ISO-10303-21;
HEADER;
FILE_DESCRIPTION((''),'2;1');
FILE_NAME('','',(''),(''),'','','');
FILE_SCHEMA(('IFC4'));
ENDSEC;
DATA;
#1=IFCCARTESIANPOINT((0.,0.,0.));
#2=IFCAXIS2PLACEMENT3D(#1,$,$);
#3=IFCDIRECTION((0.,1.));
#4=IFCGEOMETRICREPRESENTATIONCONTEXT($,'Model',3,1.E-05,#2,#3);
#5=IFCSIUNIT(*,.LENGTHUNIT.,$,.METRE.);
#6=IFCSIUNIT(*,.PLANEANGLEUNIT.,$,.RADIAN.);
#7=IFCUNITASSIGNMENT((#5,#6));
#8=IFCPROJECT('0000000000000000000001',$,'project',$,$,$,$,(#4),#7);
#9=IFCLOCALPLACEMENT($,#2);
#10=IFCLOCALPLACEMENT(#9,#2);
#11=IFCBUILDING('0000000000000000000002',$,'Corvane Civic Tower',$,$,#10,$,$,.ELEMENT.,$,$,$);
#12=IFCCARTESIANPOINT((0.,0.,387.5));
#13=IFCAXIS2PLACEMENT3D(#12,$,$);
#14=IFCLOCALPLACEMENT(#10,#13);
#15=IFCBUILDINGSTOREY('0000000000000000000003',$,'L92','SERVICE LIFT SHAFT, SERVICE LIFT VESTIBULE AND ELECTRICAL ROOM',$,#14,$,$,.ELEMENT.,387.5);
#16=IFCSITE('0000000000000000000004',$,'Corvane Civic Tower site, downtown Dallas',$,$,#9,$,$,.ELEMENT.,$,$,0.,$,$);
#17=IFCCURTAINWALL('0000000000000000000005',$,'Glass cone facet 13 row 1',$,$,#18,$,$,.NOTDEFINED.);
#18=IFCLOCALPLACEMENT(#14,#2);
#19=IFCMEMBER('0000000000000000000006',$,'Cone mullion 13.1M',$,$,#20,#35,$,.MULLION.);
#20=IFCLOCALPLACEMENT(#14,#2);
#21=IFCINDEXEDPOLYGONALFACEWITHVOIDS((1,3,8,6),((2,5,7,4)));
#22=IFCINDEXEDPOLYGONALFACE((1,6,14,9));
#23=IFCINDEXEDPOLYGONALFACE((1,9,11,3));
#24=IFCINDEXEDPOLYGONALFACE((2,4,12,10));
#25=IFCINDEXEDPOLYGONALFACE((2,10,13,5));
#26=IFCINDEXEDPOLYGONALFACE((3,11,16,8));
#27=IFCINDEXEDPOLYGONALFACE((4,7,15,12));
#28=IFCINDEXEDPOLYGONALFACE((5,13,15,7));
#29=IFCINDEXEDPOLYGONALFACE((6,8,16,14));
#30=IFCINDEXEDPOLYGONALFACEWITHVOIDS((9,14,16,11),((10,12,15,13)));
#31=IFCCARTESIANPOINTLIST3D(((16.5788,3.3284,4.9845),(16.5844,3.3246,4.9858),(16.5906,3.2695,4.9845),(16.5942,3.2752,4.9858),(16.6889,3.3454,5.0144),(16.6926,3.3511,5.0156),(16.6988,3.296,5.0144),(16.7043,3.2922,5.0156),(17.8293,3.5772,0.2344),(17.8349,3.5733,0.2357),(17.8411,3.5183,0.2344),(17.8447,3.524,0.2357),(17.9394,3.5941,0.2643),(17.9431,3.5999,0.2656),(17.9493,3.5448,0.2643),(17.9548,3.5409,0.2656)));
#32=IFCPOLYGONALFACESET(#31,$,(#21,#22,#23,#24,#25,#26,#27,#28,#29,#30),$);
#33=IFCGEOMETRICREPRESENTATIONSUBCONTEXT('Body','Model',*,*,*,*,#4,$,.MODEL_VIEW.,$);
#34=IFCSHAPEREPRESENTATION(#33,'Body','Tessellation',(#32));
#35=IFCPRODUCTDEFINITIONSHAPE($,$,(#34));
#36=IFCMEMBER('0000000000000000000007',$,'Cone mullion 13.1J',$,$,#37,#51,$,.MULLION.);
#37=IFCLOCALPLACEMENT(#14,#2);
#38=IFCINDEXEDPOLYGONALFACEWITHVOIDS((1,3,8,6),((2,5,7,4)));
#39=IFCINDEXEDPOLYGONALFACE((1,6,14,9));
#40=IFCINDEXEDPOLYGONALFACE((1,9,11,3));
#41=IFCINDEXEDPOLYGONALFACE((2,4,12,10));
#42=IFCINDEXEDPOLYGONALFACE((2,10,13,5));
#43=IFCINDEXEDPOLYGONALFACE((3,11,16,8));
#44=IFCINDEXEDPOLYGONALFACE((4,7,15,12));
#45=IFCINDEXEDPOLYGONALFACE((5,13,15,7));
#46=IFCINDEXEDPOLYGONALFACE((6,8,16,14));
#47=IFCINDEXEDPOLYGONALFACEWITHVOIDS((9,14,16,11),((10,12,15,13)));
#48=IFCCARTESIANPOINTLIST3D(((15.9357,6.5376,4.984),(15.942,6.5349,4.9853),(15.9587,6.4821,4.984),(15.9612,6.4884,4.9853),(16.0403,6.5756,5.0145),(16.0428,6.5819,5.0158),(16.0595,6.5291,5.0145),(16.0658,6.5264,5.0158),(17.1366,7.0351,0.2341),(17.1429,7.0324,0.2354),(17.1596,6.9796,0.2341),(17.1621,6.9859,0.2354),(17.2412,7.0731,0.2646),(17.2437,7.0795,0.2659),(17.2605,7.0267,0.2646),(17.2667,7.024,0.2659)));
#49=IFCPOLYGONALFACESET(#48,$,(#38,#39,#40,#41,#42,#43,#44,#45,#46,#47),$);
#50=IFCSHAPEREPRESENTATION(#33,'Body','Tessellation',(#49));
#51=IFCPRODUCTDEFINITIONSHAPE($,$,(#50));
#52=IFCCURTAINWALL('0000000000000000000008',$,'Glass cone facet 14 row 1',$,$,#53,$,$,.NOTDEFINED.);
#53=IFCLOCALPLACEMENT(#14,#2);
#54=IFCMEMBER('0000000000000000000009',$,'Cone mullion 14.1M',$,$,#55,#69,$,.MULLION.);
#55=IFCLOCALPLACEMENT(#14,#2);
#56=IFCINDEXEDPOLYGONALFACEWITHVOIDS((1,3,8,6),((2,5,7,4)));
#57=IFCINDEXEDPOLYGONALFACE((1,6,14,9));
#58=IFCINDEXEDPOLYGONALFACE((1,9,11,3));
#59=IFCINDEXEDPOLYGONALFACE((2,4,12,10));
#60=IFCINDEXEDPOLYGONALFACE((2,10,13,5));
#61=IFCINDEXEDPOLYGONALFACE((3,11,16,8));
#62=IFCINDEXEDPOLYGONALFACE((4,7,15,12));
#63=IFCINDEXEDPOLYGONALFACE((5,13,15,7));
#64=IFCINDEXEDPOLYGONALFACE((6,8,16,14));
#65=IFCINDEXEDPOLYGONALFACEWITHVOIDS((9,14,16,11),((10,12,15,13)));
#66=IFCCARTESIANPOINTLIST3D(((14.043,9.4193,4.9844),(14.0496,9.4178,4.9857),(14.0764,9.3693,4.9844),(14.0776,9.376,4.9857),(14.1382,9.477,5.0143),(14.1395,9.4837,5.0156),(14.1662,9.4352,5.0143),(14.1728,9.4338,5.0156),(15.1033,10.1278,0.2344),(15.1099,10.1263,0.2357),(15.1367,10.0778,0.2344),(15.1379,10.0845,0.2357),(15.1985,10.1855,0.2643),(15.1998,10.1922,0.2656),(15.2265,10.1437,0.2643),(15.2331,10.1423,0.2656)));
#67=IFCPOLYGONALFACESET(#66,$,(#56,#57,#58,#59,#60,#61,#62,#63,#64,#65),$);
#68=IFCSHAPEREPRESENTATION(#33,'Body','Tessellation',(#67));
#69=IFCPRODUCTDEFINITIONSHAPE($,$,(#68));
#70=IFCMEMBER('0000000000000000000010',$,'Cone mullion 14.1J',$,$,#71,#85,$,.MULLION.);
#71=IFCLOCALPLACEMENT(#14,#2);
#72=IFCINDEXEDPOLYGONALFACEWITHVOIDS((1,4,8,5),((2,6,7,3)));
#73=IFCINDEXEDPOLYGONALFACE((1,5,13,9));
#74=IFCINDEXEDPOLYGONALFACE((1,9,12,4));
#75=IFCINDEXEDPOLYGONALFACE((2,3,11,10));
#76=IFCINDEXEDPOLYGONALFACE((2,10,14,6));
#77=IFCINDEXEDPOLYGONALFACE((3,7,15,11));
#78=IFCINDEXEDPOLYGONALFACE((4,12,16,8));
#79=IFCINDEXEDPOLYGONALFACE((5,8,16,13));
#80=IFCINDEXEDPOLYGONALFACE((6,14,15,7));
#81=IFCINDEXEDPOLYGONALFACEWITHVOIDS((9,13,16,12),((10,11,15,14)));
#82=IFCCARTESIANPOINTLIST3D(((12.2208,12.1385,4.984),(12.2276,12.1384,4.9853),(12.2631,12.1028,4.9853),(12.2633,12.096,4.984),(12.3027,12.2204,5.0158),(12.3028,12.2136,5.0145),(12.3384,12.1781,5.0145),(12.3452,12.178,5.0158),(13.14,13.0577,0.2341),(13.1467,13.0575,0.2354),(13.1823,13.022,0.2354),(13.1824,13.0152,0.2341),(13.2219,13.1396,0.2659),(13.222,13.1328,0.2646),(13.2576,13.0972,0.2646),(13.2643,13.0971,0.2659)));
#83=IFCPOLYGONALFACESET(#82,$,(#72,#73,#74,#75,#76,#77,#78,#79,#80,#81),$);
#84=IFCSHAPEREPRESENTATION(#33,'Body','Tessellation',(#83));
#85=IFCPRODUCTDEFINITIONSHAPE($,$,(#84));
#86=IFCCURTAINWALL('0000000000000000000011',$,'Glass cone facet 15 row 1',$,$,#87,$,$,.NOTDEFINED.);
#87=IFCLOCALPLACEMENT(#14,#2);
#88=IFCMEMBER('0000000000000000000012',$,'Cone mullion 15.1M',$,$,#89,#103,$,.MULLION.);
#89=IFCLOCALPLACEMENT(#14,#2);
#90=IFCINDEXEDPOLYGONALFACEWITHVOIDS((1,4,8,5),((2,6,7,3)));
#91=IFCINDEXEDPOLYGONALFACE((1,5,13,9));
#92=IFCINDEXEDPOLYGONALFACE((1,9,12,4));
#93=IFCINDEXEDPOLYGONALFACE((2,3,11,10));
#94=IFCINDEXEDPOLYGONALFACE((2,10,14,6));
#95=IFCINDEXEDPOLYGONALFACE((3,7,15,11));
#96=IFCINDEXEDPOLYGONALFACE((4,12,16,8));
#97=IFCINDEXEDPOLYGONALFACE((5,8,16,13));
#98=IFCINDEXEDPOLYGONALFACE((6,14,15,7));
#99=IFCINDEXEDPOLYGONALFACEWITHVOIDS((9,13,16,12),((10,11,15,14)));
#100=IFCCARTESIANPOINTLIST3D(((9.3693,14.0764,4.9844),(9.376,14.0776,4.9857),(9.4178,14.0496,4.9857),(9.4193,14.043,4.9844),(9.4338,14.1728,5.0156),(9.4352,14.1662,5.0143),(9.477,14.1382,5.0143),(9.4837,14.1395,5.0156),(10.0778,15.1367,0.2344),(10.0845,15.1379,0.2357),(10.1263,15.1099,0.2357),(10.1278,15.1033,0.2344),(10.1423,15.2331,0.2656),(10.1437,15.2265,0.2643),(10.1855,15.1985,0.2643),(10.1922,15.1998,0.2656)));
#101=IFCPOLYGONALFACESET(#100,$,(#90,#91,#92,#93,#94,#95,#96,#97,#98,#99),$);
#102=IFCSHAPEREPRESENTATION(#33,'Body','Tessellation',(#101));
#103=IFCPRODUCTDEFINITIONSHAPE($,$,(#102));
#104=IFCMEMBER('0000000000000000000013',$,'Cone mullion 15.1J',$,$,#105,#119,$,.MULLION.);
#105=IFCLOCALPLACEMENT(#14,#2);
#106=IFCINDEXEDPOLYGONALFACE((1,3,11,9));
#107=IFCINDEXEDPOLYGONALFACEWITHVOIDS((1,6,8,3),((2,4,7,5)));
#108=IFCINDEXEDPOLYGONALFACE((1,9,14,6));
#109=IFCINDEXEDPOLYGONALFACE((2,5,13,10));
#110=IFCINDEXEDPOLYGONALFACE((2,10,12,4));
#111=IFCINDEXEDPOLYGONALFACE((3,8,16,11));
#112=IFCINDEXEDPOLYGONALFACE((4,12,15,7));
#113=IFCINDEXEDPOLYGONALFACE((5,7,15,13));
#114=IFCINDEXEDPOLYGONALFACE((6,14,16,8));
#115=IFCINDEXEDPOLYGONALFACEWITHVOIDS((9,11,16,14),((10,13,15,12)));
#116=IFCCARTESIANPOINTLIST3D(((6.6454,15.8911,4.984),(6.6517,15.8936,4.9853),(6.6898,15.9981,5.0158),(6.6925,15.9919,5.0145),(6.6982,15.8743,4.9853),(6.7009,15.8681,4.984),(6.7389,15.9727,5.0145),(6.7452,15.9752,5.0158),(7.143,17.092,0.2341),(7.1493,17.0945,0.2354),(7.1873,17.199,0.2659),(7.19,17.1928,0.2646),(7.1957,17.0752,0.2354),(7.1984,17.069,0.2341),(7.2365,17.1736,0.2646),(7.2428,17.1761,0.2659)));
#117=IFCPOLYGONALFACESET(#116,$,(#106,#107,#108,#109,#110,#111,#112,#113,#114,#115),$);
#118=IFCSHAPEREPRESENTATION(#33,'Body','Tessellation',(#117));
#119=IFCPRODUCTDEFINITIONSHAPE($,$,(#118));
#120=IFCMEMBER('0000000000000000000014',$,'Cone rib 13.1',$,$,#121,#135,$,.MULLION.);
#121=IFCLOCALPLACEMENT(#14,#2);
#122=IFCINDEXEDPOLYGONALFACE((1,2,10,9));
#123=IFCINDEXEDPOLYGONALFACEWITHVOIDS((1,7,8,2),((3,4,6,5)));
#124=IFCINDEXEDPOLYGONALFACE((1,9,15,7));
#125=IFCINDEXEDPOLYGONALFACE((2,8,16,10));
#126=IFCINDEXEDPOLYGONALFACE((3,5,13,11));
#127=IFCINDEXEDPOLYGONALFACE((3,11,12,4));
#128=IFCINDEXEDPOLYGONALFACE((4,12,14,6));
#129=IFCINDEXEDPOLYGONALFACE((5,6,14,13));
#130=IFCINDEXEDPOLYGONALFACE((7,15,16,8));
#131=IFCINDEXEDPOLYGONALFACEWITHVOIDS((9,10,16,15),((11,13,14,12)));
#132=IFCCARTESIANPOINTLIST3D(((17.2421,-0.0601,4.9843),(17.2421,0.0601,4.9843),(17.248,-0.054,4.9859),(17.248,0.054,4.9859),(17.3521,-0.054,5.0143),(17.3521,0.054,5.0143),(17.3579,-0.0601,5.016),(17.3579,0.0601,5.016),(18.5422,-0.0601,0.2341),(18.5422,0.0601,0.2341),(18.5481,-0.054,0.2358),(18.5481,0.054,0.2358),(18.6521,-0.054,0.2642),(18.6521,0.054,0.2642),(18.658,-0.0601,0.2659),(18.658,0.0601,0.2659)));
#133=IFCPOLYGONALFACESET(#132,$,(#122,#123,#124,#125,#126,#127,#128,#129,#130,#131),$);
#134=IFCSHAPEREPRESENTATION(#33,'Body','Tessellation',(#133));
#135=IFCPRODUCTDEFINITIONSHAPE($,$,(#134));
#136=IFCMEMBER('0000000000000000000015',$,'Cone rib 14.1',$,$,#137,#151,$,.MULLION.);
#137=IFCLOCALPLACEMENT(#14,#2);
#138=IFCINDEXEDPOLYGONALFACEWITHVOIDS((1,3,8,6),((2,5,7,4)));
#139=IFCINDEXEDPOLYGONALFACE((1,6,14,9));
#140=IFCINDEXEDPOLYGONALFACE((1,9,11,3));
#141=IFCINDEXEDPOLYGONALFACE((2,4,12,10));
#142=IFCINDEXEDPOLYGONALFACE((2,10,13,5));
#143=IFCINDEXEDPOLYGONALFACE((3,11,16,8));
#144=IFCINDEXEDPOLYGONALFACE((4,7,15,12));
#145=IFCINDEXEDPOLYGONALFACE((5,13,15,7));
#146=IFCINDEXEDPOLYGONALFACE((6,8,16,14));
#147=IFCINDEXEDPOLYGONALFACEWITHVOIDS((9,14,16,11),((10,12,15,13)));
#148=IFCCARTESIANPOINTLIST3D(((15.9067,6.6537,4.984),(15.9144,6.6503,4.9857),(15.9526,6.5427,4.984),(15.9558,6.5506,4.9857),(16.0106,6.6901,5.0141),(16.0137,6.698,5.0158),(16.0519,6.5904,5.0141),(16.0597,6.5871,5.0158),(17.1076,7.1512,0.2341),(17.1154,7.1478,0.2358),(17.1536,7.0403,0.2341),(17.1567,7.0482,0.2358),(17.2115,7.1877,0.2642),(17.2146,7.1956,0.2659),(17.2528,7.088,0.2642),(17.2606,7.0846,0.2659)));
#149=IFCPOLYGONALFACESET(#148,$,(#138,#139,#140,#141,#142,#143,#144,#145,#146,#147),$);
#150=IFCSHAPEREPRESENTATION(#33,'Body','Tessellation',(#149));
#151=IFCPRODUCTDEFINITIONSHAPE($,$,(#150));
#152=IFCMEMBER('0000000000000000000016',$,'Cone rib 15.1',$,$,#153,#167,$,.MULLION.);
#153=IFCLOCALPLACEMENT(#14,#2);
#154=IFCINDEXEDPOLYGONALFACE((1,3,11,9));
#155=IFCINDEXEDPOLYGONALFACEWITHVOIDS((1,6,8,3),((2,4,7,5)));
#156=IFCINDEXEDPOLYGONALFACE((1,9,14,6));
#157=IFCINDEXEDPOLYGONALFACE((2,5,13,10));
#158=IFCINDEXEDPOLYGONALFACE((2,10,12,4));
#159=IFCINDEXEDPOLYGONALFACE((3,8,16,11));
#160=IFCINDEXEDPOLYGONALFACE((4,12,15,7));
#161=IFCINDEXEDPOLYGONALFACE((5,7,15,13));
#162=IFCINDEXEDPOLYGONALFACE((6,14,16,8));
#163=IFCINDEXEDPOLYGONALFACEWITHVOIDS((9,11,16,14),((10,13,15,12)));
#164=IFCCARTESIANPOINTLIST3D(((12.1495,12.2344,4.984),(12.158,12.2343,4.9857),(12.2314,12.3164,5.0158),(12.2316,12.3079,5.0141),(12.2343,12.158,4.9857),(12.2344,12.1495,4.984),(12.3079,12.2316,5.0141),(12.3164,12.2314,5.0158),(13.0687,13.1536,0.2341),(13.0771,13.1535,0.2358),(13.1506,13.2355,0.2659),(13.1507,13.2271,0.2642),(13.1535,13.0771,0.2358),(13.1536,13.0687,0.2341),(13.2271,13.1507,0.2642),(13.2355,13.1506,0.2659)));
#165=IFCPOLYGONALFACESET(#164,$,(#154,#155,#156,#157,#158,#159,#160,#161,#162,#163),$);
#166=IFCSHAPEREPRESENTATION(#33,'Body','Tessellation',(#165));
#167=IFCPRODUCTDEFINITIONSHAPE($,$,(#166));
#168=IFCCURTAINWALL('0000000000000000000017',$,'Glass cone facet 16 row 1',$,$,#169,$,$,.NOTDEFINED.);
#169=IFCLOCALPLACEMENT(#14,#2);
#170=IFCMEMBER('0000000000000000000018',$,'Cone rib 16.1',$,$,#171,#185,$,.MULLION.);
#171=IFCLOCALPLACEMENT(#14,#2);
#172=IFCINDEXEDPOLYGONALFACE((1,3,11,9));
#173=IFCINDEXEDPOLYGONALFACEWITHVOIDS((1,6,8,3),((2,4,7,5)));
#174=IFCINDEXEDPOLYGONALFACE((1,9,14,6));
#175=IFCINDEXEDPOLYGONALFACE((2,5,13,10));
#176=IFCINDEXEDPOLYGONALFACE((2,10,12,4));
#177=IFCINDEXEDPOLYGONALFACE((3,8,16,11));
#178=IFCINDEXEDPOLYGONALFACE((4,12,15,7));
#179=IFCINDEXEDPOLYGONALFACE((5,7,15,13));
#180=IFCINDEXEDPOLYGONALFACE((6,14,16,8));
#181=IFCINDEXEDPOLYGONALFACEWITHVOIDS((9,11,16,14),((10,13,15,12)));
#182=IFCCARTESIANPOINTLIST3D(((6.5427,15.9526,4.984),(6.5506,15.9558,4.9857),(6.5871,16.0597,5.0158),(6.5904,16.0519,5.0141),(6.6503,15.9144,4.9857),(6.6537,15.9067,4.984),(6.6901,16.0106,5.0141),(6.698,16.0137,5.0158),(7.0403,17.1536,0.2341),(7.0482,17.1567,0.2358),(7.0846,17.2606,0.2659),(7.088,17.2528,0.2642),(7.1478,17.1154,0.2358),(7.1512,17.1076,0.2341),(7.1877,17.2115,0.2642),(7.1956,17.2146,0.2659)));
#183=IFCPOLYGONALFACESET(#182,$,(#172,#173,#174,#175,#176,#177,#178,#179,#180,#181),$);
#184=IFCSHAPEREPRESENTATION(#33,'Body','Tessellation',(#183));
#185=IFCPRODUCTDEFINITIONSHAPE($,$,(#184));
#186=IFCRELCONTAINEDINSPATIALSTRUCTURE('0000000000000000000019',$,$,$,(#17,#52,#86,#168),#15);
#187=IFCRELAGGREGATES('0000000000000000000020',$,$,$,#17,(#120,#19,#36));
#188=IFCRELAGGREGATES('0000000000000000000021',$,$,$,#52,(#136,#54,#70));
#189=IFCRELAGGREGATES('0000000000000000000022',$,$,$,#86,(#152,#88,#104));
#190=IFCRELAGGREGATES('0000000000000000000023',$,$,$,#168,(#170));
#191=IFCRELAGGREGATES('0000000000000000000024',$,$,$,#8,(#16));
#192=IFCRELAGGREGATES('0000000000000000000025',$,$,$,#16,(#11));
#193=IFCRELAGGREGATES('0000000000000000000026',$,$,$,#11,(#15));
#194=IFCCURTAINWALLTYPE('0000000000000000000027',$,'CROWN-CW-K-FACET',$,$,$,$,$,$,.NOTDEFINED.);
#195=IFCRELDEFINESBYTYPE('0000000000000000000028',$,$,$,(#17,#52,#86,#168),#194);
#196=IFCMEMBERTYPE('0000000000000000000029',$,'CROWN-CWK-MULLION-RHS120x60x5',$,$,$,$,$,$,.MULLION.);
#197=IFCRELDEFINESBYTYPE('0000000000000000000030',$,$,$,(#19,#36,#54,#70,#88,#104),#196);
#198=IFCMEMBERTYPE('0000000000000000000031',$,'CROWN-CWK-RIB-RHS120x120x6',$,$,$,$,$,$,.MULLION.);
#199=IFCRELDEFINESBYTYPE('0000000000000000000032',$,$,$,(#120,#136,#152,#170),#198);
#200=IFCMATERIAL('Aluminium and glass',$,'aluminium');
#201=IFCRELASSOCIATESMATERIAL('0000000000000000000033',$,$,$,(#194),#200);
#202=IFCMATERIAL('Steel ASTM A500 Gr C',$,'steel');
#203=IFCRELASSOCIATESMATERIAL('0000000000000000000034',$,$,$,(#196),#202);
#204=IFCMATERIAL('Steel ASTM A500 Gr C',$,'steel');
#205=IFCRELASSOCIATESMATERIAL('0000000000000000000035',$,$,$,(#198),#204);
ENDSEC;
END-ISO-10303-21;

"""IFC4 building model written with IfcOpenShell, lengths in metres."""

from ifc_helpers import new_model, si_unit, direction, frame, origin, origin_2d, place, context, subcontext, project, spatial, hollow_rectangle, extrude, material, material_profile, profile_set, type_object, element, aggregate, save


model = new_model("IFC4")

# Units and contexts
model_context = context("Model", 3, precision=1e-05, world=origin(), true_north=direction((0.0, 1.0)))
body_context = subcontext(model_context, "Body", "Model", "MODEL_VIEW")
ifc_project = project(units=[si_unit("LENGTHUNIT", "METRE"), si_unit("PLANEANGLEUNIT", "RADIAN")], contexts=[model_context])

# Site, building, storey
site_placement = place(None, origin())
site = spatial("IfcSite", under=ifc_project, at=site_placement, Name="Corvane Civic Tower site, downtown Dallas", CompositionType="ELEMENT", RefElevation=0.0)
building_placement = place(site_placement, origin())
building = spatial("IfcBuilding", under=site, at=building_placement, Name="Corvane Civic Tower", CompositionType="ELEMENT")
storey_placement = place(building_placement, frame((0.0, 0.0, 387.5)))
storey = spatial("IfcBuildingStorey", under=building, at=storey_placement, Name="L92", Description="SERVICE LIFT SHAFT, SERVICE LIFT VESTIBULE AND ELECTRICAL ROOM", CompositionType="ELEMENT", Elevation=387.5)

# Curtain walls, members
ifc_material_1 = material(Name="Aluminium and glass", Category="aluminium")
curtain_wall_type = type_object("IfcCurtainWallType", Name="CROWN-CW-K-FACET", PredefinedType="NOTDEFINED", material=ifc_material_1)
curtain_wall_1_placement = place(storey_placement, origin())
curtain_wall_1 = element("IfcCurtainWall", 1, at=curtain_wall_1_placement, inside=storey, type_object=curtain_wall_type, Name="Glass cone facet 13 row 1", PredefinedType="NOTDEFINED")
ifc_material_2 = material(Name="Steel ASTM A500 Gr C", Category="steel")
ifc_material_profile_1 = material_profile(ifc_material_2, hollow_rectangle(XDim=0.0601, YDim=0.1201, WallThickness=0.0049, at=origin_2d()), Name="RHS 120x60x5")
ifc_profile_set_1 = profile_set([ifc_material_profile_1], Name="Steel ASTM A500 Gr C")
member_type_1 = type_object("IfcMemberType", Name="CROWN-CWK-MULLION-RHS120x60x5", PredefinedType="MULLION", material=ifc_profile_set_1)
member_1_placement = place(storey_placement, frame((17.8921, 3.5591, 0.25), z_axis=(-0.25426, -0.050584, 0.965812), x_axis=(0.195122, -0.980779, 0.0)))
member_1 = element("IfcMember", 2, at=member_1_placement, type_object=member_type_1, Name="Cone mullion 13.1M", PredefinedType="MULLION", context=body_context, shape_type="SweptSolid", body=[
    extrude(hollow_rectangle(XDim=0.0601, YDim=0.1201, WallThickness=0.0049, at=origin_2d()), origin(), (0.0, 0.0, 1.0), 4.9182),
])
member_2_placement = place(storey_placement, frame((17.2017, 7.0295, 0.25), z_axis=(-0.24386, -0.101034, 0.964533), x_axis=(0.382761, -0.923847, 0.0)))
member_2 = element("IfcMember", 3, at=member_2_placement, type_object=member_type_1, Name="Cone mullion 13.1J", PredefinedType="MULLION", context=body_context, shape_type="SweptSolid", body=[
    extrude(hollow_rectangle(XDim=0.0601, YDim=0.1201, WallThickness=0.0049, at=origin_2d()), origin(), (0.0, 0.0, 1.0), 4.9246),
])
curtain_wall_2_placement = place(storey_placement, origin())
curtain_wall_2 = element("IfcCurtainWall", 4, at=curtain_wall_2_placement, inside=storey, type_object=curtain_wall_type, Name="Glass cone facet 14 row 1", PredefinedType="NOTDEFINED")
member_3_placement = place(storey_placement, frame((15.1682, 10.135, 0.25), z_axis=(-0.215587, -0.144056, 0.9658), x_axis=(0.555583, -0.831461, 0.0)))
member_3 = element("IfcMember", 5, at=member_3_placement, type_object=member_type_1, Name="Cone mullion 14.1M", PredefinedType="MULLION", context=body_context, shape_type="SweptSolid", body=[
    extrude(hollow_rectangle(XDim=0.0601, YDim=0.1201, WallThickness=0.0049, at=origin_2d()), origin(), (0.0, 0.0, 1.0), 4.9182),
])
member_4_placement = place(storey_placement, frame((13.2021, 13.0774, 0.25), z_axis=(-0.18665, -0.18665, 0.964533), x_axis=(0.707107, -0.707107, 0.0)))
member_4 = element("IfcMember", 6, at=member_4_placement, type_object=member_type_1, Name="Cone mullion 14.1J", PredefinedType="MULLION", context=body_context, shape_type="SweptSolid", body=[
    extrude(hollow_rectangle(XDim=0.0601, YDim=0.1201, WallThickness=0.0049, at=origin_2d()), origin(), (0.0, 0.0, 1.0), 4.9246),
])
curtain_wall_3_placement = place(storey_placement, origin())
curtain_wall_3 = element("IfcCurtainWall", 7, at=curtain_wall_3_placement, inside=storey, type_object=curtain_wall_type, Name="Glass cone facet 15 row 1", PredefinedType="NOTDEFINED")
member_5_placement = place(storey_placement, frame((10.135, 15.1682, 0.25), z_axis=(-0.144056, -0.215587, 0.9658), x_axis=(0.831461, -0.555583, 0.0)))
member_5 = element("IfcMember", 8, at=member_5_placement, type_object=member_type_1, Name="Cone mullion 15.1M", PredefinedType="MULLION", context=body_context, shape_type="SweptSolid", body=[
    extrude(hollow_rectangle(XDim=0.0601, YDim=0.1201, WallThickness=0.0049, at=origin_2d()), origin(), (0.0, 0.0, 1.0), 4.9182),
])
member_6_placement = place(storey_placement, frame((7.1929, 17.134, 0.25), z_axis=(-0.101034, -0.24386, 0.964533), x_axis=(0.923847, -0.382761, 0.0)))
member_6 = element("IfcMember", 9, at=member_6_placement, type_object=member_type_1, Name="Cone mullion 15.1J", PredefinedType="MULLION", context=body_context, shape_type="SweptSolid", body=[
    extrude(hollow_rectangle(XDim=0.0601, YDim=0.1201, WallThickness=0.0049, at=origin_2d()), origin(), (0.0, 0.0, 1.0), 4.9246),
])

# Members
ifc_material_3 = material(Name="Steel ASTM A500 Gr C", Category="steel")
ifc_material_profile_2 = material_profile(ifc_material_3, hollow_rectangle(XDim=0.1201, YDim=0.1201, WallThickness=0.0061, at=origin_2d()), Name="RHS 120x120x6")
ifc_profile_set_2 = profile_set([ifc_material_profile_2], Name="Steel ASTM A500 Gr C")
member_type_2 = type_object("IfcMemberType", Name="CROWN-CWK-RIB-RHS120x120x6", PredefinedType="MULLION", material=ifc_profile_set_2)
member_7_placement = place(storey_placement, frame((18.6001, 0.0, 0.25), z_axis=(-0.263986, 0.0, 0.964527), x_axis=(0.0, -1.0, 0.0)))
member_7 = element("IfcMember", 10, at=member_7_placement, type_object=member_type_2, Name="Cone rib 13.1", PredefinedType="MULLION", context=body_context, shape_type="SweptSolid", body=[
    extrude(hollow_rectangle(XDim=0.1201, YDim=0.1201, WallThickness=0.0061, at=origin_2d()), origin(), (0.0, 0.0, 1.0), 4.9248),
])
member_8_placement = place(storey_placement, frame((17.1841, 7.1179, 0.25), z_axis=(-0.24386, -0.101034, 0.964533), x_axis=(0.382761, -0.923847, 0.0)))
member_8 = element("IfcMember", 11, at=member_8_placement, type_object=member_type_2, Name="Cone rib 14.1", PredefinedType="MULLION", context=body_context, shape_type="SweptSolid", body=[
    extrude(hollow_rectangle(XDim=0.1201, YDim=0.1201, WallThickness=0.0061, at=origin_2d()), origin(), (0.0, 0.0, 1.0), 4.9246),
])
member_9_placement = place(storey_placement, frame((13.1521, 13.1521, 0.25), z_axis=(-0.18665, -0.18665, 0.964533), x_axis=(0.707107, -0.707107, 0.0)))
member_9 = element("IfcMember", 12, at=member_9_placement, type_object=member_type_2, Name="Cone rib 15.1", PredefinedType="MULLION", context=body_context, shape_type="SweptSolid", body=[
    extrude(hollow_rectangle(XDim=0.1201, YDim=0.1201, WallThickness=0.0061, at=origin_2d()), origin(), (0.0, 0.0, 1.0), 4.9246),
])

# Curtain wall, member
curtain_wall_4_placement = place(storey_placement, origin())
curtain_wall_4 = element("IfcCurtainWall", 13, at=curtain_wall_4_placement, inside=storey, type_object=curtain_wall_type, Name="Glass cone facet 16 row 1", PredefinedType="NOTDEFINED")
member_10_placement = place(storey_placement, frame((7.1179, 17.1841, 0.25), z_axis=(-0.101034, -0.24386, 0.964533), x_axis=(0.923847, -0.382761, 0.0)))
member_10 = element("IfcMember", 14, at=member_10_placement, type_object=member_type_2, Name="Cone rib 16.1", PredefinedType="MULLION", context=body_context, shape_type="SweptSolid", body=[
    extrude(hollow_rectangle(XDim=0.1201, YDim=0.1201, WallThickness=0.0061, at=origin_2d()), origin(), (0.0, 0.0, 1.0), 4.9246),
])

aggregate(curtain_wall_1, [member_7, member_1, member_2])
aggregate(curtain_wall_2, [member_8, member_3, member_4])
aggregate(curtain_wall_3, [member_9, member_5, member_6])
aggregate(curtain_wall_4, [member_10])

save(model, "model.ifc")
